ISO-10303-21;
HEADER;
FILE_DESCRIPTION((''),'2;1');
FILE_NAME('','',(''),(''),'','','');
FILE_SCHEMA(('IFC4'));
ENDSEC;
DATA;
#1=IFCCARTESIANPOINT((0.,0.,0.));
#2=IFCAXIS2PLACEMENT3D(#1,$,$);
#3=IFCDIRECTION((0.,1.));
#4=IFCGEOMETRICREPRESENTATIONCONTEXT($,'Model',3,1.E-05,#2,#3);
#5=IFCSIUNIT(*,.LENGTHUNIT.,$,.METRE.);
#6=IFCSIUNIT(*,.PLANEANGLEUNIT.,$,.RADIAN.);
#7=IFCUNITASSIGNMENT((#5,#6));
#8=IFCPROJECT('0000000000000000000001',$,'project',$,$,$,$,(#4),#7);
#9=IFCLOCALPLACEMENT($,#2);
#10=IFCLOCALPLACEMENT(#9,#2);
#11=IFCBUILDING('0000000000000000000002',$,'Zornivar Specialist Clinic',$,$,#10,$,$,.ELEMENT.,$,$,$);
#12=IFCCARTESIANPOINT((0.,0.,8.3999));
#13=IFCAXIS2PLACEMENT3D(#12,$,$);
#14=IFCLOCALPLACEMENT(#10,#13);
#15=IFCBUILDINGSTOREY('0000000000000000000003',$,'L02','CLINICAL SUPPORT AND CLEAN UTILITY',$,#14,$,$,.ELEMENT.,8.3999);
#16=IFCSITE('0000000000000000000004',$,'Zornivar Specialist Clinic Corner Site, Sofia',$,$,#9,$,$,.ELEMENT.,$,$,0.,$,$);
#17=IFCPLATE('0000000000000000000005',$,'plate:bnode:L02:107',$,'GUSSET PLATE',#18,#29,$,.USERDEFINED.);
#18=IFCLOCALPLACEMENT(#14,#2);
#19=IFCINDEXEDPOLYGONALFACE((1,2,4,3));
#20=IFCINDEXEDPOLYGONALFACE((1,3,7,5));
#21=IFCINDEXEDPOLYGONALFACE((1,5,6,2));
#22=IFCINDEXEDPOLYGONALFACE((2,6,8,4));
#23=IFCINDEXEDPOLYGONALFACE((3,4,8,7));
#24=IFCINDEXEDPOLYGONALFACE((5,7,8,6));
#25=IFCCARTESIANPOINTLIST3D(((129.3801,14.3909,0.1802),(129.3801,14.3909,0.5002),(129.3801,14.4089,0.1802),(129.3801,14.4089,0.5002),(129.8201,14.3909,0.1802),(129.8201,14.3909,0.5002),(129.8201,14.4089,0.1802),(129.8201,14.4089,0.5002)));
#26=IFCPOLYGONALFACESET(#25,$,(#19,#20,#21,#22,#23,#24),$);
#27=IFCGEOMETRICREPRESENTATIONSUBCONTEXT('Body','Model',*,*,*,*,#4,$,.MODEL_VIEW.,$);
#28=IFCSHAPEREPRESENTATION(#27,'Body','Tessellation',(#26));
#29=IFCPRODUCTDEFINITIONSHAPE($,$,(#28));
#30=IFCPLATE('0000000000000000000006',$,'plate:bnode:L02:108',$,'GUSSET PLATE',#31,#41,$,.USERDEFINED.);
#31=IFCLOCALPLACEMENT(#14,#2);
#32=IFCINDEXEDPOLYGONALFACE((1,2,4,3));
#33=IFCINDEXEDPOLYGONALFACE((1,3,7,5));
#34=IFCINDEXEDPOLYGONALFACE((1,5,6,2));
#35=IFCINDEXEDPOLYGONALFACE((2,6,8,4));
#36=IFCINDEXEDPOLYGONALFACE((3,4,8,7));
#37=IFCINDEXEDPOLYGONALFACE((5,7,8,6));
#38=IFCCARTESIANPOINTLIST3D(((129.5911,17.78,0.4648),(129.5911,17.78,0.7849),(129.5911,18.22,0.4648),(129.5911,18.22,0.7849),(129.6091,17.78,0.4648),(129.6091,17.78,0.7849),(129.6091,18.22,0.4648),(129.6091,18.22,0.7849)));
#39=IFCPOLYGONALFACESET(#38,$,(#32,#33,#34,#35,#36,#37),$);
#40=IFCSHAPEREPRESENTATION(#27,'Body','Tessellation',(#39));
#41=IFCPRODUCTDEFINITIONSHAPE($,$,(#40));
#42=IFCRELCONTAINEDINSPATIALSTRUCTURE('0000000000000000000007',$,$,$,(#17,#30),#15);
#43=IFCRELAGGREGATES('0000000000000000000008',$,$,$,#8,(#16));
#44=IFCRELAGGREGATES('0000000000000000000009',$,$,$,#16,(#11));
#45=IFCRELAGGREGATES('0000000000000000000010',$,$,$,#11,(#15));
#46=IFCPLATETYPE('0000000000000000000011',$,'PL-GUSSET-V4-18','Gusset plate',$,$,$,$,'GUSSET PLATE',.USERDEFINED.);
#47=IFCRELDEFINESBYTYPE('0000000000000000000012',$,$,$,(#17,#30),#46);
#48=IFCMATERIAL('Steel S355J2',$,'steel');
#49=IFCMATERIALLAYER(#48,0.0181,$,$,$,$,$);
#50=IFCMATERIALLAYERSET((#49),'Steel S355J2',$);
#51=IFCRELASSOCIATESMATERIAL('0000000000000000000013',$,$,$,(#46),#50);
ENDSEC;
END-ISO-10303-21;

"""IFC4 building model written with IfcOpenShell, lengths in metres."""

from ifc_helpers import new_model, si_unit, direction, frame, origin, origin_2d, place, context, subcontext, project, spatial, rectangle, extrude, material, layer, layer_set, type_object, element, save


model = new_model("IFC4")

# Units and contexts
model_context = context("Model", 3, precision=1e-05, world=origin(), true_north=direction((0.0, 1.0)))
body_context = subcontext(model_context, "Body", "Model", "MODEL_VIEW")
ifc_project = project(units=[si_unit("LENGTHUNIT", "METRE"), si_unit("PLANEANGLEUNIT", "RADIAN")], contexts=[model_context])

# Site, building, storey
site_placement = place(None, origin())
site = spatial("IfcSite", under=ifc_project, at=site_placement, Name="Zornivar Specialist Clinic Corner Site, Sofia", CompositionType="ELEMENT", RefElevation=0.0)
building_placement = place(site_placement, origin())
building = spatial("IfcBuilding", under=site, at=building_placement, Name="Zornivar Specialist Clinic", CompositionType="ELEMENT")
storey_placement = place(building_placement, frame((0.0, 0.0, 8.3999)))
storey = spatial("IfcBuildingStorey", under=building, at=storey_placement, Name="L02", Description="CLINICAL SUPPORT AND CLEAN UTILITY", CompositionType="ELEMENT", Elevation=8.3999)

# Plates
ifc_material_1 = material(Name="Steel S355J2", Category="steel")
ifc_layer_1 = layer(ifc_material_1, 0.0181)
ifc_layer_set_1 = layer_set([ifc_layer_1], Name="Steel S355J2")
plate_type_1 = type_object("IfcPlateType", Name="PL-GUSSET-V4-18", Description="Gusset plate", ElementType="GUSSET PLATE", PredefinedType="USERDEFINED", material=ifc_layer_set_1)
for number, where, z_axis, x_axis, name in (
    (1, (129.6001, 14.3999, 0.1802), (0.0, 0.0, 1.0), (1.0, 0.0, 0.0), "plate:bnode:L02:107"),
    (2, (129.6001, 18.0, 0.4648), (0.0, 0.0, 1.0), (0.0, 1.0, 0.0), "plate:bnode:L02:108"),
):
    element("IfcPlate", number, at=place(storey_placement, frame(where, z_axis=z_axis, x_axis=x_axis)), inside=storey, type_object=plate_type_1, Name=name, ObjectType="GUSSET PLATE", PredefinedType="USERDEFINED", context=body_context, shape_type="SweptSolid", body=[
        extrude(rectangle(XDim=0.4399, YDim=0.0181, at=origin_2d()), origin(), (0.0, 0.0, 1.0), 0.3201),
    ])

save(model, "model.ifc")
